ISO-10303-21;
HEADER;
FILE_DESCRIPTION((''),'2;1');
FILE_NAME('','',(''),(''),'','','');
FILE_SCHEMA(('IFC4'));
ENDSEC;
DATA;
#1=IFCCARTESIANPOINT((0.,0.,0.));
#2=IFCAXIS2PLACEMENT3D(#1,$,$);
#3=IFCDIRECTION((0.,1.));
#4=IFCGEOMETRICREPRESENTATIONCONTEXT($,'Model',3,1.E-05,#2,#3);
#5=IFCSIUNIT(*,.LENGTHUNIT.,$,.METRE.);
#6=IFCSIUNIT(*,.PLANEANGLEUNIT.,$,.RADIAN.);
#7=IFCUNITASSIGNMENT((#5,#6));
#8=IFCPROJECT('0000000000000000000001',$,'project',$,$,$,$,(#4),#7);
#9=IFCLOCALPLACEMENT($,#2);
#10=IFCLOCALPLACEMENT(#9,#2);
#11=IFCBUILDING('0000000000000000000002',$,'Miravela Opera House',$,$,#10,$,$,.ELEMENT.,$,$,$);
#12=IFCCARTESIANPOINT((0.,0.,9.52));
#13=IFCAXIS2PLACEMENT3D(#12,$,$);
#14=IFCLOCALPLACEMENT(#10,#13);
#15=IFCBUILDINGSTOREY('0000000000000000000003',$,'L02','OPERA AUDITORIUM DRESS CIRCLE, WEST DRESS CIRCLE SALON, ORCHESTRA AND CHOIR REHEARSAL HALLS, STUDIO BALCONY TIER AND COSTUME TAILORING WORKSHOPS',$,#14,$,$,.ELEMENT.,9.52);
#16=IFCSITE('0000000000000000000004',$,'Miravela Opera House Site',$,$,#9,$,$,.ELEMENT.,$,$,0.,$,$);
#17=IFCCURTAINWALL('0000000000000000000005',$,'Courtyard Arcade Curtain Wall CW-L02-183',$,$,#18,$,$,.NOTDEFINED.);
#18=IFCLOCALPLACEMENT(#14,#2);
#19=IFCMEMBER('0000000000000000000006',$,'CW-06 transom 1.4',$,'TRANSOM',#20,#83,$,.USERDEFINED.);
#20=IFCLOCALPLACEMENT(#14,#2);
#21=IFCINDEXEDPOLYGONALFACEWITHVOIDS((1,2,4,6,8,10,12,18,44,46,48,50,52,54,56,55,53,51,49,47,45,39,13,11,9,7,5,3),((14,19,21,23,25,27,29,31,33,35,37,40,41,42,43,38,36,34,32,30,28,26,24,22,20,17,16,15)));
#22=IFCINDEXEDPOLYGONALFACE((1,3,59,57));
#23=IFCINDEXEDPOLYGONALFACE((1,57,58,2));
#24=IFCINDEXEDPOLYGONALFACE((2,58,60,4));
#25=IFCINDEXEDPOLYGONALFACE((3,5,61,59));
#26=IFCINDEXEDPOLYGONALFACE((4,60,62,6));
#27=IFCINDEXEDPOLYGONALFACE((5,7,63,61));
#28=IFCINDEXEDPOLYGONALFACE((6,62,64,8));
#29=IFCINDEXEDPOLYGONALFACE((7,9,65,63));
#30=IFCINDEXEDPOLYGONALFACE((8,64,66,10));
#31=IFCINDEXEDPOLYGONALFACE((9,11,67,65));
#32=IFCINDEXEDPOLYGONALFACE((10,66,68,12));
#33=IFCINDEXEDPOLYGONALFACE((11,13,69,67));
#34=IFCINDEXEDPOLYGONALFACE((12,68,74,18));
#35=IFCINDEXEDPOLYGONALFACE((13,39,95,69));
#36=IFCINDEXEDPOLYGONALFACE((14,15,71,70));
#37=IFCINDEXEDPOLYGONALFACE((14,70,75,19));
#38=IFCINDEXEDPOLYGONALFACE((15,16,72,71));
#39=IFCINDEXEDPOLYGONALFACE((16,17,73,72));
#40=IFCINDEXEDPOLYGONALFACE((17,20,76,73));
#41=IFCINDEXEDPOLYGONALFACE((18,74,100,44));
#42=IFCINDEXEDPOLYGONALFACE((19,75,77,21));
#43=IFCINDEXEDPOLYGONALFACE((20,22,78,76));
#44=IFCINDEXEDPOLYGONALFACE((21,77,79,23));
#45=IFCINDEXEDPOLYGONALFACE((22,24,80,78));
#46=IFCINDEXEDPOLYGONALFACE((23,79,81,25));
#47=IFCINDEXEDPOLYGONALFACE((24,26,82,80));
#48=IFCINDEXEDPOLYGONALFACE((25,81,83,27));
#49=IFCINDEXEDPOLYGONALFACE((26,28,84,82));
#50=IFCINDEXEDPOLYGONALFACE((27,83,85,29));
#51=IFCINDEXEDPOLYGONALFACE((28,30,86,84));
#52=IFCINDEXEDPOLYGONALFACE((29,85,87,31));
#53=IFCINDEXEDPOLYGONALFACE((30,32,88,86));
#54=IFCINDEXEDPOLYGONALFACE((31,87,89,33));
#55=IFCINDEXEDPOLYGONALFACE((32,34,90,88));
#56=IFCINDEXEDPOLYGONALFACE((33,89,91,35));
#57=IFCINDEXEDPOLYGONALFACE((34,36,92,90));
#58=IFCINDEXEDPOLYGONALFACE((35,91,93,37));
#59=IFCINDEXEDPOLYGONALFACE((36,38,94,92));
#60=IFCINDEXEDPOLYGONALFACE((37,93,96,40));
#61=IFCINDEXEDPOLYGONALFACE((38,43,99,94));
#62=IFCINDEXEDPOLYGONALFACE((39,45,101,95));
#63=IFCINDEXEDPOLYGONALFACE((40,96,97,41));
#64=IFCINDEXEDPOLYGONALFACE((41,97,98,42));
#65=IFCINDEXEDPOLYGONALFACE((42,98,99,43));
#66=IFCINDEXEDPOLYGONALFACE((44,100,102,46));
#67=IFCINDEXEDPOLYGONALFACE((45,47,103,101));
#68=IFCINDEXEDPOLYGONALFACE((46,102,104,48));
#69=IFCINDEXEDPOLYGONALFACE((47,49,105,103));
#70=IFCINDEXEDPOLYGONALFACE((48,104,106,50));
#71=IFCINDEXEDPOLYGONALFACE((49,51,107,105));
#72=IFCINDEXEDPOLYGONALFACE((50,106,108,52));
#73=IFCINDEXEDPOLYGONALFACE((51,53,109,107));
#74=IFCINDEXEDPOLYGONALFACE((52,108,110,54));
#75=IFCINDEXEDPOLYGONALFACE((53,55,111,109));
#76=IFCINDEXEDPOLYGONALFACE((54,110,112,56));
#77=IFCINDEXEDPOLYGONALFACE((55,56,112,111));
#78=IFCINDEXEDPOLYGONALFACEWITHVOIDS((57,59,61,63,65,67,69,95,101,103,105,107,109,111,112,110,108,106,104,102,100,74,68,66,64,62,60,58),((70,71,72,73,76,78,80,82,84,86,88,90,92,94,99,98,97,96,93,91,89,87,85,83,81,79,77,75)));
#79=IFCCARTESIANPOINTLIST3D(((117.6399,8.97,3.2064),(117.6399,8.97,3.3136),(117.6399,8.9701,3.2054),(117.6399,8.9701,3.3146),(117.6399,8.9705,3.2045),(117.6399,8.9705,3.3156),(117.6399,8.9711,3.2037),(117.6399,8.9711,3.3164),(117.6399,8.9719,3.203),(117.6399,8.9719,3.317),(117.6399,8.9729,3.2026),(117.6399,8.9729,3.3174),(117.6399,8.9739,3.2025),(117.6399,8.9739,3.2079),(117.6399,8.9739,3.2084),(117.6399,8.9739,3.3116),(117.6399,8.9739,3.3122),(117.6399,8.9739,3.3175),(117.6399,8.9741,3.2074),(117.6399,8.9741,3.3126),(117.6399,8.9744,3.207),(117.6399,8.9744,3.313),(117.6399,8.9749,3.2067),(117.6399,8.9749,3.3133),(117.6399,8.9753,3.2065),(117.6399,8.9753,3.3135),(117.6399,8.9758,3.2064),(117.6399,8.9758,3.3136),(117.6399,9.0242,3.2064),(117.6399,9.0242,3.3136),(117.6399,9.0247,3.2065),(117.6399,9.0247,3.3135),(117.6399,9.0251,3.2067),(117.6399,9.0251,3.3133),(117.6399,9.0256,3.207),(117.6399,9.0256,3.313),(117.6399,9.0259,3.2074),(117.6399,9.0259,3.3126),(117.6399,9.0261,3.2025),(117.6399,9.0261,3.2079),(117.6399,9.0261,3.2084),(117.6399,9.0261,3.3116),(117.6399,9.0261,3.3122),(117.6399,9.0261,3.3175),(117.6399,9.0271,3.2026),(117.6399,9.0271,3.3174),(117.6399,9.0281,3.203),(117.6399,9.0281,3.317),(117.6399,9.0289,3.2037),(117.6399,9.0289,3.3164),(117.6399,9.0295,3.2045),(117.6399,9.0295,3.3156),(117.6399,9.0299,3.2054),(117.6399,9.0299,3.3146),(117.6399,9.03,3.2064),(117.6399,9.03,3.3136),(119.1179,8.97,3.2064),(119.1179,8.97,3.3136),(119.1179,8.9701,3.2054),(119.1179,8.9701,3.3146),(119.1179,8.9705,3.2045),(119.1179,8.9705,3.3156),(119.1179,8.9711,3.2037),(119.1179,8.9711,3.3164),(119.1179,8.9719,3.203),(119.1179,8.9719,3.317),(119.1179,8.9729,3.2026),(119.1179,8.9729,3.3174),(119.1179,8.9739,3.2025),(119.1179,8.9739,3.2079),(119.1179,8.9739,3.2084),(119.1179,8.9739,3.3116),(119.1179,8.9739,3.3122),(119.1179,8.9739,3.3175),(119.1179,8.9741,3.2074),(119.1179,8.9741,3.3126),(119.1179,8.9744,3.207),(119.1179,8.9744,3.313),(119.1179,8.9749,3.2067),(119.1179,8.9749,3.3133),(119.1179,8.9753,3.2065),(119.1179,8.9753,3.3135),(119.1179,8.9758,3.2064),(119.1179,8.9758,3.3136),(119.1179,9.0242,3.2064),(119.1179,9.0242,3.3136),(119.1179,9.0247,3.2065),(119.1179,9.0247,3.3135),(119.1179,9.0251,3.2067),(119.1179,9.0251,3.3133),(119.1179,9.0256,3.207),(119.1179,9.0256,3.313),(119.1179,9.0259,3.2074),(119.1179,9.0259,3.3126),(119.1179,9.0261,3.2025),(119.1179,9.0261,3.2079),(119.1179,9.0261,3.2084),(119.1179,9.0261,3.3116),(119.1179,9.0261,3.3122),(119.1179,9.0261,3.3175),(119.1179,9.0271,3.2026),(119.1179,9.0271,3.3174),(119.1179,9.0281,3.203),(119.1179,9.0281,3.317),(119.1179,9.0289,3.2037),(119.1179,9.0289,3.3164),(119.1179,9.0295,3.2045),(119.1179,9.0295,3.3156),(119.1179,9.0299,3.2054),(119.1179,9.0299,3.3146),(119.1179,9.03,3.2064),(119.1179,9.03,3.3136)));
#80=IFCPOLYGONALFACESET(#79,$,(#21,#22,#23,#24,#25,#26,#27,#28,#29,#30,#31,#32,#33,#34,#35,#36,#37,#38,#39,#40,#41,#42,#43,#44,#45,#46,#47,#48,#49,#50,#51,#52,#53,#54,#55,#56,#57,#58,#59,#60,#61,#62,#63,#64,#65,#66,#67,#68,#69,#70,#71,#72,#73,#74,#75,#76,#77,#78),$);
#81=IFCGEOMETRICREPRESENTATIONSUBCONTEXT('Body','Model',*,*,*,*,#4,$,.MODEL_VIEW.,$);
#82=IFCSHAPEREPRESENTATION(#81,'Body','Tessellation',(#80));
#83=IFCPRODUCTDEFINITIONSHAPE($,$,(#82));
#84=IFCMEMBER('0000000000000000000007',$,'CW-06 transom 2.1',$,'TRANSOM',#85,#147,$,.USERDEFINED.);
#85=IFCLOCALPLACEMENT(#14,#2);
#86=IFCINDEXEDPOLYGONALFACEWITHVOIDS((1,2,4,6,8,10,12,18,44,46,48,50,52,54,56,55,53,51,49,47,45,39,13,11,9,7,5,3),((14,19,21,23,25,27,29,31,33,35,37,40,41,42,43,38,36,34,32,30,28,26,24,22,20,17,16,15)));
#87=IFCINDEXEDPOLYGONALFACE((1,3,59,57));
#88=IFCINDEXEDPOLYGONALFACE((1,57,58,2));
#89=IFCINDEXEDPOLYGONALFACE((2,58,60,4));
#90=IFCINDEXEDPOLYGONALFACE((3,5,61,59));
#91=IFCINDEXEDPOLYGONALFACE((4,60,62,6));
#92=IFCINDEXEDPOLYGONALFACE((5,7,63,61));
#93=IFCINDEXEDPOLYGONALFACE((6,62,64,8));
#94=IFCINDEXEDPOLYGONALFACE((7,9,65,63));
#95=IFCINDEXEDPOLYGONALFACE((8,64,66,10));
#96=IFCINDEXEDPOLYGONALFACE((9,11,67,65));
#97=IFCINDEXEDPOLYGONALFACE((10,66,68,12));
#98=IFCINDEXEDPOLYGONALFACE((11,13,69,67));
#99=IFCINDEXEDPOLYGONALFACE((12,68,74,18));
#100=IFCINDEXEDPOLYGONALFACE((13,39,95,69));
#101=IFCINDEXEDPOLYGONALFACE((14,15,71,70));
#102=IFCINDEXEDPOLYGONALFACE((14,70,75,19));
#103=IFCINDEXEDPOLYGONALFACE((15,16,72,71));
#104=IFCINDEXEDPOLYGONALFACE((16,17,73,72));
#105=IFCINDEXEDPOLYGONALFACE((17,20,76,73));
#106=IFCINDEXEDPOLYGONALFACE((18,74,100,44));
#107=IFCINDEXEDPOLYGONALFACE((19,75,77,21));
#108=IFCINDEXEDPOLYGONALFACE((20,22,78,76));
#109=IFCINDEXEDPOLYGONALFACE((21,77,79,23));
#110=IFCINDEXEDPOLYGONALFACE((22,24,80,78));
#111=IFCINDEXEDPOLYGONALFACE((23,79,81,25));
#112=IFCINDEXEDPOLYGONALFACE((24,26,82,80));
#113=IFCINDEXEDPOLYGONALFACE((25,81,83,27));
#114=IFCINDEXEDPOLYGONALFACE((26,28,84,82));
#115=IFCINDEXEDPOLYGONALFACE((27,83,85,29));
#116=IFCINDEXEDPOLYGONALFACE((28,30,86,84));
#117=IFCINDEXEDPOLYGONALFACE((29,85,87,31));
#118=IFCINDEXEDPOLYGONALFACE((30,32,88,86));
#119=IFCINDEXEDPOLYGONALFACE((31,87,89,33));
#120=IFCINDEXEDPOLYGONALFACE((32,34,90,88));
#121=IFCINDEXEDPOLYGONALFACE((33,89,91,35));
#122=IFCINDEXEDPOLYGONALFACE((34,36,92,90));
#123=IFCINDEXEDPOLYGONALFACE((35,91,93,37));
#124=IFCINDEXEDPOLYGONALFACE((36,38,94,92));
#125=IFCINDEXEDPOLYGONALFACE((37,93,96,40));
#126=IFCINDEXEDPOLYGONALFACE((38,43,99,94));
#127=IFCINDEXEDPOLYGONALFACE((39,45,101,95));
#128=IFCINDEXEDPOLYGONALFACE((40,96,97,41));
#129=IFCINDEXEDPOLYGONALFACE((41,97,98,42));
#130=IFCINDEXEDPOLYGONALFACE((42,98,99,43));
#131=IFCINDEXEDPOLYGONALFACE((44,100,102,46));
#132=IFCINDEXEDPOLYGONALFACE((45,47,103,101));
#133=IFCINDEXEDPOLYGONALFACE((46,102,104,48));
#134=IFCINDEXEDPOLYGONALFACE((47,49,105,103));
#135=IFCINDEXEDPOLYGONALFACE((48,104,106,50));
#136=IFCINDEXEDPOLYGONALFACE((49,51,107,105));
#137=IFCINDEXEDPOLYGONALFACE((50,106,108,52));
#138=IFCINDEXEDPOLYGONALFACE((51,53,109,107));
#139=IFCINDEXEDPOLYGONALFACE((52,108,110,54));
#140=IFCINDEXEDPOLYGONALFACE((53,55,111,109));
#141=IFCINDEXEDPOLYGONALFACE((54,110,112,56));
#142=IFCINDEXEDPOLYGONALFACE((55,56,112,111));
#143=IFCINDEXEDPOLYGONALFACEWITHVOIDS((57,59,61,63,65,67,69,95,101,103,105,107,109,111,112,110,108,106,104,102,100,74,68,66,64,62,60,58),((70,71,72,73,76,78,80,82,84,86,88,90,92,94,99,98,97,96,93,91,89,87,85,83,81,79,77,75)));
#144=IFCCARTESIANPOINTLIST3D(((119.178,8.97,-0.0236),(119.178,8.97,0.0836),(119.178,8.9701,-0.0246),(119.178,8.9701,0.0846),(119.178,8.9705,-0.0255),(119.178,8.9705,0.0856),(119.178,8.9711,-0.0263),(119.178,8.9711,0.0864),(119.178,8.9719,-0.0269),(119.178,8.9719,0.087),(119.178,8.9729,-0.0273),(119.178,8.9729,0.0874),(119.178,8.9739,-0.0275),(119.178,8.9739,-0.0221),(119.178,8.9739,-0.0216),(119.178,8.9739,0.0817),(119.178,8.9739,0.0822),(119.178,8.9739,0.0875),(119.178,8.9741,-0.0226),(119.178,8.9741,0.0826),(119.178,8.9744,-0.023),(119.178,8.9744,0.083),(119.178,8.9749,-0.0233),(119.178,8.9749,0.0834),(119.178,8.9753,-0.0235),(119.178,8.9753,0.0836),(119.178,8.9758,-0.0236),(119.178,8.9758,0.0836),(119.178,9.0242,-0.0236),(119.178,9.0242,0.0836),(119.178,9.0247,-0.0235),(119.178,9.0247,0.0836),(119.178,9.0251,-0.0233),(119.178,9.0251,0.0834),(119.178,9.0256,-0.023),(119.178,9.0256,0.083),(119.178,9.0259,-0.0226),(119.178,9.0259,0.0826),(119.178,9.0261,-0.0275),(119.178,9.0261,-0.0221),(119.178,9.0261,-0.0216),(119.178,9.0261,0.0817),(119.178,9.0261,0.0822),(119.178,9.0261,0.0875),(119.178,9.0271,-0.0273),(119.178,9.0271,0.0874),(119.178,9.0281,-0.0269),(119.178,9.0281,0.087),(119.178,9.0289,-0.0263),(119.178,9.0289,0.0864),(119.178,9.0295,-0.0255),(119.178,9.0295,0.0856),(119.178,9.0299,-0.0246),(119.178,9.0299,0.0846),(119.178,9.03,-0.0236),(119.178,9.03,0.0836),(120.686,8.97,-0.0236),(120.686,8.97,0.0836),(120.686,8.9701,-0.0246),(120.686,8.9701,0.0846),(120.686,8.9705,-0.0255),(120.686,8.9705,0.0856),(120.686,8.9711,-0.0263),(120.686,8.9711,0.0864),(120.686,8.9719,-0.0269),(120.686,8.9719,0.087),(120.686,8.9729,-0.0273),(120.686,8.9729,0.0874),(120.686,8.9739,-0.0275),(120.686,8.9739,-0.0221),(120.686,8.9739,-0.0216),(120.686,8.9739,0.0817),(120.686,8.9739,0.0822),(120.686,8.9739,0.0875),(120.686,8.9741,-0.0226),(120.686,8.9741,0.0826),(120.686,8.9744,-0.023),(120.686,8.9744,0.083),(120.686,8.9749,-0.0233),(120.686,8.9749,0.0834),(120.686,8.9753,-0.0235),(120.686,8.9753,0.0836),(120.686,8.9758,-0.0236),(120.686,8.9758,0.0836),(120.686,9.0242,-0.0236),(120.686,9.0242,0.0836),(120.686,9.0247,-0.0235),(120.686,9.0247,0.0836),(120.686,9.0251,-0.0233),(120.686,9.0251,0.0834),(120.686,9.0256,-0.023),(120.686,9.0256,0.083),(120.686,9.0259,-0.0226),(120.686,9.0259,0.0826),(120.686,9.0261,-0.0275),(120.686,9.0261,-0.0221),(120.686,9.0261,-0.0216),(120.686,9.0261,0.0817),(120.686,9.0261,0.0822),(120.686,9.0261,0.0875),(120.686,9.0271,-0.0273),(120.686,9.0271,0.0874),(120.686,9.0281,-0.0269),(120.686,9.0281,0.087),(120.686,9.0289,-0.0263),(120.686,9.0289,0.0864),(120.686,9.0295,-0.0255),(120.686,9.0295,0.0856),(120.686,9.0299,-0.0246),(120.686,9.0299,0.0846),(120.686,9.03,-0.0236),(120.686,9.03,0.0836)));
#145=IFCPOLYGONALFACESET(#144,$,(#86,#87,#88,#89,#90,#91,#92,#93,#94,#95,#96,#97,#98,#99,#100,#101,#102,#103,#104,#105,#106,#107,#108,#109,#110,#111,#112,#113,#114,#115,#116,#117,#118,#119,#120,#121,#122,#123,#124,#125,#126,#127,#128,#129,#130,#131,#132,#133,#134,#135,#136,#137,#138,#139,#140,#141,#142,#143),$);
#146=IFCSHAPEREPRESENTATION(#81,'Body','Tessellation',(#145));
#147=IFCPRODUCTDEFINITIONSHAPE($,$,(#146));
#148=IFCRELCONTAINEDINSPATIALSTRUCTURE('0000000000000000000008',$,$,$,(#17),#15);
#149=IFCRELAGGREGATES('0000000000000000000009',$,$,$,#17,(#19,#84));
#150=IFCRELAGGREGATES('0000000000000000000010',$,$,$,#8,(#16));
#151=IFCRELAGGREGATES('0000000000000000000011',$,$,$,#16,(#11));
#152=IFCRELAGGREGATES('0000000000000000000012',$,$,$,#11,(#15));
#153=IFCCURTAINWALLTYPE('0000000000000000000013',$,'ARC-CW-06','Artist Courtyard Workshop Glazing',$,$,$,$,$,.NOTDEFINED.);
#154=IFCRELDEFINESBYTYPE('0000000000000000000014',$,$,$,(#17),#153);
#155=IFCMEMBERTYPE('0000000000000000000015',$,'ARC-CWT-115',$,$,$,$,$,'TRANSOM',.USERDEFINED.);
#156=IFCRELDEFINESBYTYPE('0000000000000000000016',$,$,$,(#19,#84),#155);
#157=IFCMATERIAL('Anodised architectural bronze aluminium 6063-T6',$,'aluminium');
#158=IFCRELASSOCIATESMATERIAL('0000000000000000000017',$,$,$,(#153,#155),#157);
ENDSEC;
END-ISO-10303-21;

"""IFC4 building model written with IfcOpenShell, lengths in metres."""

from ifc_helpers import new_model, si_unit, direction, frame, origin, origin_2d, place, context, subcontext, project, spatial, hollow_rectangle, extrude, material, material_profile, profile_set, type_object, element, aggregate, save


model = new_model("IFC4")

# Units and contexts
model_context = context("Model", 3, precision=1e-05, world=origin(), true_north=direction((0.0, 1.0)))
body_context = subcontext(model_context, "Body", "Model", "MODEL_VIEW")
ifc_project = project(units=[si_unit("LENGTHUNIT", "METRE"), si_unit("PLANEANGLEUNIT", "RADIAN")], contexts=[model_context])

# Site, building, storey
site_placement = place(None, origin())
site = spatial("IfcSite", under=ifc_project, at=site_placement, Name="Miravela Opera House Site", CompositionType="ELEMENT", RefElevation=0.0)
building_placement = place(site_placement, origin())
building = spatial("IfcBuilding", under=site, at=building_placement, Name="Miravela Opera House", CompositionType="ELEMENT")
storey_placement = place(building_placement, frame((0.0, 0.0, 9.52)))
storey = spatial("IfcBuildingStorey", under=building, at=storey_placement, Name="L02", Description="OPERA AUDITORIUM DRESS CIRCLE, WEST DRESS CIRCLE SALON, ORCHESTRA AND CHOIR REHEARSAL HALLS, STUDIO BALCONY TIER AND COSTUME TAILORING WORKSHOPS", CompositionType="ELEMENT", Elevation=9.52)

# Curtain wall, members
ifc_material_1 = material(Name="Anodised architectural bronze aluminium 6063-T6", Category="aluminium")
curtain_wall_type = type_object("IfcCurtainWallType", Name="ARC-CW-06", Description="Artist Courtyard Workshop Glazing", PredefinedType="NOTDEFINED", material=ifc_material_1)
curtain_wall_placement = place(storey_placement, origin())
curtain_wall = element("IfcCurtainWall", 1, at=curtain_wall_placement, inside=storey, type_object=curtain_wall_type, Name="Courtyard Arcade Curtain Wall CW-L02-183", PredefinedType="NOTDEFINED")
ifc_material_profile_1 = material_profile(ifc_material_1, hollow_rectangle(XDim=0.0601, YDim=0.115, WallThickness=0.0039, InnerFilletRadius=0.002, OuterFilletRadius=0.0039, at=origin_2d()), Name="CWT-60X115")
ifc_profile_set_1 = profile_set([ifc_material_profile_1])
member_type_1 = type_object("IfcMemberType", Name="ARC-CWT-115", ElementType="TRANSOM", PredefinedType="USERDEFINED", material=ifc_profile_set_1)
member_1_placement = place(storey_placement, frame((117.6399, 9.0, 3.26), z_axis=(1.0, 0.0, 0.0), x_axis=(0.0, 1.0, 0.0)))
member_1 = element("IfcMember", 2, at=member_1_placement, type_object=member_type_1, Name="CW-06 transom 1.4", ObjectType="TRANSOM", PredefinedType="USERDEFINED", context=body_context, shape_type="SweptSolid", body=[
    extrude(hollow_rectangle(XDim=0.0601, YDim=0.115, WallThickness=0.0039, InnerFilletRadius=0.002, OuterFilletRadius=0.0039, at=origin_2d()), origin(), (0.0, 0.0, 1.0), 1.478),
])
member_2_placement = place(storey_placement, frame((119.178, 9.0, 0.03), z_axis=(1.0, 0.0, 0.0), x_axis=(0.0, 1.0, 0.0)))
member_2 = element("IfcMember", 3, at=member_2_placement, type_object=member_type_1, Name="CW-06 transom 2.1", ObjectType="TRANSOM", PredefinedType="USERDEFINED", context=body_context, shape_type="SweptSolid", body=[
    extrude(hollow_rectangle(XDim=0.0601, YDim=0.115, WallThickness=0.0039, InnerFilletRadius=0.002, OuterFilletRadius=0.0039, at=origin_2d()), origin(), (0.0, 0.0, 1.0), 1.5081),
])

aggregate(curtain_wall, [member_1, member_2])

save(model, "model.ifc")
